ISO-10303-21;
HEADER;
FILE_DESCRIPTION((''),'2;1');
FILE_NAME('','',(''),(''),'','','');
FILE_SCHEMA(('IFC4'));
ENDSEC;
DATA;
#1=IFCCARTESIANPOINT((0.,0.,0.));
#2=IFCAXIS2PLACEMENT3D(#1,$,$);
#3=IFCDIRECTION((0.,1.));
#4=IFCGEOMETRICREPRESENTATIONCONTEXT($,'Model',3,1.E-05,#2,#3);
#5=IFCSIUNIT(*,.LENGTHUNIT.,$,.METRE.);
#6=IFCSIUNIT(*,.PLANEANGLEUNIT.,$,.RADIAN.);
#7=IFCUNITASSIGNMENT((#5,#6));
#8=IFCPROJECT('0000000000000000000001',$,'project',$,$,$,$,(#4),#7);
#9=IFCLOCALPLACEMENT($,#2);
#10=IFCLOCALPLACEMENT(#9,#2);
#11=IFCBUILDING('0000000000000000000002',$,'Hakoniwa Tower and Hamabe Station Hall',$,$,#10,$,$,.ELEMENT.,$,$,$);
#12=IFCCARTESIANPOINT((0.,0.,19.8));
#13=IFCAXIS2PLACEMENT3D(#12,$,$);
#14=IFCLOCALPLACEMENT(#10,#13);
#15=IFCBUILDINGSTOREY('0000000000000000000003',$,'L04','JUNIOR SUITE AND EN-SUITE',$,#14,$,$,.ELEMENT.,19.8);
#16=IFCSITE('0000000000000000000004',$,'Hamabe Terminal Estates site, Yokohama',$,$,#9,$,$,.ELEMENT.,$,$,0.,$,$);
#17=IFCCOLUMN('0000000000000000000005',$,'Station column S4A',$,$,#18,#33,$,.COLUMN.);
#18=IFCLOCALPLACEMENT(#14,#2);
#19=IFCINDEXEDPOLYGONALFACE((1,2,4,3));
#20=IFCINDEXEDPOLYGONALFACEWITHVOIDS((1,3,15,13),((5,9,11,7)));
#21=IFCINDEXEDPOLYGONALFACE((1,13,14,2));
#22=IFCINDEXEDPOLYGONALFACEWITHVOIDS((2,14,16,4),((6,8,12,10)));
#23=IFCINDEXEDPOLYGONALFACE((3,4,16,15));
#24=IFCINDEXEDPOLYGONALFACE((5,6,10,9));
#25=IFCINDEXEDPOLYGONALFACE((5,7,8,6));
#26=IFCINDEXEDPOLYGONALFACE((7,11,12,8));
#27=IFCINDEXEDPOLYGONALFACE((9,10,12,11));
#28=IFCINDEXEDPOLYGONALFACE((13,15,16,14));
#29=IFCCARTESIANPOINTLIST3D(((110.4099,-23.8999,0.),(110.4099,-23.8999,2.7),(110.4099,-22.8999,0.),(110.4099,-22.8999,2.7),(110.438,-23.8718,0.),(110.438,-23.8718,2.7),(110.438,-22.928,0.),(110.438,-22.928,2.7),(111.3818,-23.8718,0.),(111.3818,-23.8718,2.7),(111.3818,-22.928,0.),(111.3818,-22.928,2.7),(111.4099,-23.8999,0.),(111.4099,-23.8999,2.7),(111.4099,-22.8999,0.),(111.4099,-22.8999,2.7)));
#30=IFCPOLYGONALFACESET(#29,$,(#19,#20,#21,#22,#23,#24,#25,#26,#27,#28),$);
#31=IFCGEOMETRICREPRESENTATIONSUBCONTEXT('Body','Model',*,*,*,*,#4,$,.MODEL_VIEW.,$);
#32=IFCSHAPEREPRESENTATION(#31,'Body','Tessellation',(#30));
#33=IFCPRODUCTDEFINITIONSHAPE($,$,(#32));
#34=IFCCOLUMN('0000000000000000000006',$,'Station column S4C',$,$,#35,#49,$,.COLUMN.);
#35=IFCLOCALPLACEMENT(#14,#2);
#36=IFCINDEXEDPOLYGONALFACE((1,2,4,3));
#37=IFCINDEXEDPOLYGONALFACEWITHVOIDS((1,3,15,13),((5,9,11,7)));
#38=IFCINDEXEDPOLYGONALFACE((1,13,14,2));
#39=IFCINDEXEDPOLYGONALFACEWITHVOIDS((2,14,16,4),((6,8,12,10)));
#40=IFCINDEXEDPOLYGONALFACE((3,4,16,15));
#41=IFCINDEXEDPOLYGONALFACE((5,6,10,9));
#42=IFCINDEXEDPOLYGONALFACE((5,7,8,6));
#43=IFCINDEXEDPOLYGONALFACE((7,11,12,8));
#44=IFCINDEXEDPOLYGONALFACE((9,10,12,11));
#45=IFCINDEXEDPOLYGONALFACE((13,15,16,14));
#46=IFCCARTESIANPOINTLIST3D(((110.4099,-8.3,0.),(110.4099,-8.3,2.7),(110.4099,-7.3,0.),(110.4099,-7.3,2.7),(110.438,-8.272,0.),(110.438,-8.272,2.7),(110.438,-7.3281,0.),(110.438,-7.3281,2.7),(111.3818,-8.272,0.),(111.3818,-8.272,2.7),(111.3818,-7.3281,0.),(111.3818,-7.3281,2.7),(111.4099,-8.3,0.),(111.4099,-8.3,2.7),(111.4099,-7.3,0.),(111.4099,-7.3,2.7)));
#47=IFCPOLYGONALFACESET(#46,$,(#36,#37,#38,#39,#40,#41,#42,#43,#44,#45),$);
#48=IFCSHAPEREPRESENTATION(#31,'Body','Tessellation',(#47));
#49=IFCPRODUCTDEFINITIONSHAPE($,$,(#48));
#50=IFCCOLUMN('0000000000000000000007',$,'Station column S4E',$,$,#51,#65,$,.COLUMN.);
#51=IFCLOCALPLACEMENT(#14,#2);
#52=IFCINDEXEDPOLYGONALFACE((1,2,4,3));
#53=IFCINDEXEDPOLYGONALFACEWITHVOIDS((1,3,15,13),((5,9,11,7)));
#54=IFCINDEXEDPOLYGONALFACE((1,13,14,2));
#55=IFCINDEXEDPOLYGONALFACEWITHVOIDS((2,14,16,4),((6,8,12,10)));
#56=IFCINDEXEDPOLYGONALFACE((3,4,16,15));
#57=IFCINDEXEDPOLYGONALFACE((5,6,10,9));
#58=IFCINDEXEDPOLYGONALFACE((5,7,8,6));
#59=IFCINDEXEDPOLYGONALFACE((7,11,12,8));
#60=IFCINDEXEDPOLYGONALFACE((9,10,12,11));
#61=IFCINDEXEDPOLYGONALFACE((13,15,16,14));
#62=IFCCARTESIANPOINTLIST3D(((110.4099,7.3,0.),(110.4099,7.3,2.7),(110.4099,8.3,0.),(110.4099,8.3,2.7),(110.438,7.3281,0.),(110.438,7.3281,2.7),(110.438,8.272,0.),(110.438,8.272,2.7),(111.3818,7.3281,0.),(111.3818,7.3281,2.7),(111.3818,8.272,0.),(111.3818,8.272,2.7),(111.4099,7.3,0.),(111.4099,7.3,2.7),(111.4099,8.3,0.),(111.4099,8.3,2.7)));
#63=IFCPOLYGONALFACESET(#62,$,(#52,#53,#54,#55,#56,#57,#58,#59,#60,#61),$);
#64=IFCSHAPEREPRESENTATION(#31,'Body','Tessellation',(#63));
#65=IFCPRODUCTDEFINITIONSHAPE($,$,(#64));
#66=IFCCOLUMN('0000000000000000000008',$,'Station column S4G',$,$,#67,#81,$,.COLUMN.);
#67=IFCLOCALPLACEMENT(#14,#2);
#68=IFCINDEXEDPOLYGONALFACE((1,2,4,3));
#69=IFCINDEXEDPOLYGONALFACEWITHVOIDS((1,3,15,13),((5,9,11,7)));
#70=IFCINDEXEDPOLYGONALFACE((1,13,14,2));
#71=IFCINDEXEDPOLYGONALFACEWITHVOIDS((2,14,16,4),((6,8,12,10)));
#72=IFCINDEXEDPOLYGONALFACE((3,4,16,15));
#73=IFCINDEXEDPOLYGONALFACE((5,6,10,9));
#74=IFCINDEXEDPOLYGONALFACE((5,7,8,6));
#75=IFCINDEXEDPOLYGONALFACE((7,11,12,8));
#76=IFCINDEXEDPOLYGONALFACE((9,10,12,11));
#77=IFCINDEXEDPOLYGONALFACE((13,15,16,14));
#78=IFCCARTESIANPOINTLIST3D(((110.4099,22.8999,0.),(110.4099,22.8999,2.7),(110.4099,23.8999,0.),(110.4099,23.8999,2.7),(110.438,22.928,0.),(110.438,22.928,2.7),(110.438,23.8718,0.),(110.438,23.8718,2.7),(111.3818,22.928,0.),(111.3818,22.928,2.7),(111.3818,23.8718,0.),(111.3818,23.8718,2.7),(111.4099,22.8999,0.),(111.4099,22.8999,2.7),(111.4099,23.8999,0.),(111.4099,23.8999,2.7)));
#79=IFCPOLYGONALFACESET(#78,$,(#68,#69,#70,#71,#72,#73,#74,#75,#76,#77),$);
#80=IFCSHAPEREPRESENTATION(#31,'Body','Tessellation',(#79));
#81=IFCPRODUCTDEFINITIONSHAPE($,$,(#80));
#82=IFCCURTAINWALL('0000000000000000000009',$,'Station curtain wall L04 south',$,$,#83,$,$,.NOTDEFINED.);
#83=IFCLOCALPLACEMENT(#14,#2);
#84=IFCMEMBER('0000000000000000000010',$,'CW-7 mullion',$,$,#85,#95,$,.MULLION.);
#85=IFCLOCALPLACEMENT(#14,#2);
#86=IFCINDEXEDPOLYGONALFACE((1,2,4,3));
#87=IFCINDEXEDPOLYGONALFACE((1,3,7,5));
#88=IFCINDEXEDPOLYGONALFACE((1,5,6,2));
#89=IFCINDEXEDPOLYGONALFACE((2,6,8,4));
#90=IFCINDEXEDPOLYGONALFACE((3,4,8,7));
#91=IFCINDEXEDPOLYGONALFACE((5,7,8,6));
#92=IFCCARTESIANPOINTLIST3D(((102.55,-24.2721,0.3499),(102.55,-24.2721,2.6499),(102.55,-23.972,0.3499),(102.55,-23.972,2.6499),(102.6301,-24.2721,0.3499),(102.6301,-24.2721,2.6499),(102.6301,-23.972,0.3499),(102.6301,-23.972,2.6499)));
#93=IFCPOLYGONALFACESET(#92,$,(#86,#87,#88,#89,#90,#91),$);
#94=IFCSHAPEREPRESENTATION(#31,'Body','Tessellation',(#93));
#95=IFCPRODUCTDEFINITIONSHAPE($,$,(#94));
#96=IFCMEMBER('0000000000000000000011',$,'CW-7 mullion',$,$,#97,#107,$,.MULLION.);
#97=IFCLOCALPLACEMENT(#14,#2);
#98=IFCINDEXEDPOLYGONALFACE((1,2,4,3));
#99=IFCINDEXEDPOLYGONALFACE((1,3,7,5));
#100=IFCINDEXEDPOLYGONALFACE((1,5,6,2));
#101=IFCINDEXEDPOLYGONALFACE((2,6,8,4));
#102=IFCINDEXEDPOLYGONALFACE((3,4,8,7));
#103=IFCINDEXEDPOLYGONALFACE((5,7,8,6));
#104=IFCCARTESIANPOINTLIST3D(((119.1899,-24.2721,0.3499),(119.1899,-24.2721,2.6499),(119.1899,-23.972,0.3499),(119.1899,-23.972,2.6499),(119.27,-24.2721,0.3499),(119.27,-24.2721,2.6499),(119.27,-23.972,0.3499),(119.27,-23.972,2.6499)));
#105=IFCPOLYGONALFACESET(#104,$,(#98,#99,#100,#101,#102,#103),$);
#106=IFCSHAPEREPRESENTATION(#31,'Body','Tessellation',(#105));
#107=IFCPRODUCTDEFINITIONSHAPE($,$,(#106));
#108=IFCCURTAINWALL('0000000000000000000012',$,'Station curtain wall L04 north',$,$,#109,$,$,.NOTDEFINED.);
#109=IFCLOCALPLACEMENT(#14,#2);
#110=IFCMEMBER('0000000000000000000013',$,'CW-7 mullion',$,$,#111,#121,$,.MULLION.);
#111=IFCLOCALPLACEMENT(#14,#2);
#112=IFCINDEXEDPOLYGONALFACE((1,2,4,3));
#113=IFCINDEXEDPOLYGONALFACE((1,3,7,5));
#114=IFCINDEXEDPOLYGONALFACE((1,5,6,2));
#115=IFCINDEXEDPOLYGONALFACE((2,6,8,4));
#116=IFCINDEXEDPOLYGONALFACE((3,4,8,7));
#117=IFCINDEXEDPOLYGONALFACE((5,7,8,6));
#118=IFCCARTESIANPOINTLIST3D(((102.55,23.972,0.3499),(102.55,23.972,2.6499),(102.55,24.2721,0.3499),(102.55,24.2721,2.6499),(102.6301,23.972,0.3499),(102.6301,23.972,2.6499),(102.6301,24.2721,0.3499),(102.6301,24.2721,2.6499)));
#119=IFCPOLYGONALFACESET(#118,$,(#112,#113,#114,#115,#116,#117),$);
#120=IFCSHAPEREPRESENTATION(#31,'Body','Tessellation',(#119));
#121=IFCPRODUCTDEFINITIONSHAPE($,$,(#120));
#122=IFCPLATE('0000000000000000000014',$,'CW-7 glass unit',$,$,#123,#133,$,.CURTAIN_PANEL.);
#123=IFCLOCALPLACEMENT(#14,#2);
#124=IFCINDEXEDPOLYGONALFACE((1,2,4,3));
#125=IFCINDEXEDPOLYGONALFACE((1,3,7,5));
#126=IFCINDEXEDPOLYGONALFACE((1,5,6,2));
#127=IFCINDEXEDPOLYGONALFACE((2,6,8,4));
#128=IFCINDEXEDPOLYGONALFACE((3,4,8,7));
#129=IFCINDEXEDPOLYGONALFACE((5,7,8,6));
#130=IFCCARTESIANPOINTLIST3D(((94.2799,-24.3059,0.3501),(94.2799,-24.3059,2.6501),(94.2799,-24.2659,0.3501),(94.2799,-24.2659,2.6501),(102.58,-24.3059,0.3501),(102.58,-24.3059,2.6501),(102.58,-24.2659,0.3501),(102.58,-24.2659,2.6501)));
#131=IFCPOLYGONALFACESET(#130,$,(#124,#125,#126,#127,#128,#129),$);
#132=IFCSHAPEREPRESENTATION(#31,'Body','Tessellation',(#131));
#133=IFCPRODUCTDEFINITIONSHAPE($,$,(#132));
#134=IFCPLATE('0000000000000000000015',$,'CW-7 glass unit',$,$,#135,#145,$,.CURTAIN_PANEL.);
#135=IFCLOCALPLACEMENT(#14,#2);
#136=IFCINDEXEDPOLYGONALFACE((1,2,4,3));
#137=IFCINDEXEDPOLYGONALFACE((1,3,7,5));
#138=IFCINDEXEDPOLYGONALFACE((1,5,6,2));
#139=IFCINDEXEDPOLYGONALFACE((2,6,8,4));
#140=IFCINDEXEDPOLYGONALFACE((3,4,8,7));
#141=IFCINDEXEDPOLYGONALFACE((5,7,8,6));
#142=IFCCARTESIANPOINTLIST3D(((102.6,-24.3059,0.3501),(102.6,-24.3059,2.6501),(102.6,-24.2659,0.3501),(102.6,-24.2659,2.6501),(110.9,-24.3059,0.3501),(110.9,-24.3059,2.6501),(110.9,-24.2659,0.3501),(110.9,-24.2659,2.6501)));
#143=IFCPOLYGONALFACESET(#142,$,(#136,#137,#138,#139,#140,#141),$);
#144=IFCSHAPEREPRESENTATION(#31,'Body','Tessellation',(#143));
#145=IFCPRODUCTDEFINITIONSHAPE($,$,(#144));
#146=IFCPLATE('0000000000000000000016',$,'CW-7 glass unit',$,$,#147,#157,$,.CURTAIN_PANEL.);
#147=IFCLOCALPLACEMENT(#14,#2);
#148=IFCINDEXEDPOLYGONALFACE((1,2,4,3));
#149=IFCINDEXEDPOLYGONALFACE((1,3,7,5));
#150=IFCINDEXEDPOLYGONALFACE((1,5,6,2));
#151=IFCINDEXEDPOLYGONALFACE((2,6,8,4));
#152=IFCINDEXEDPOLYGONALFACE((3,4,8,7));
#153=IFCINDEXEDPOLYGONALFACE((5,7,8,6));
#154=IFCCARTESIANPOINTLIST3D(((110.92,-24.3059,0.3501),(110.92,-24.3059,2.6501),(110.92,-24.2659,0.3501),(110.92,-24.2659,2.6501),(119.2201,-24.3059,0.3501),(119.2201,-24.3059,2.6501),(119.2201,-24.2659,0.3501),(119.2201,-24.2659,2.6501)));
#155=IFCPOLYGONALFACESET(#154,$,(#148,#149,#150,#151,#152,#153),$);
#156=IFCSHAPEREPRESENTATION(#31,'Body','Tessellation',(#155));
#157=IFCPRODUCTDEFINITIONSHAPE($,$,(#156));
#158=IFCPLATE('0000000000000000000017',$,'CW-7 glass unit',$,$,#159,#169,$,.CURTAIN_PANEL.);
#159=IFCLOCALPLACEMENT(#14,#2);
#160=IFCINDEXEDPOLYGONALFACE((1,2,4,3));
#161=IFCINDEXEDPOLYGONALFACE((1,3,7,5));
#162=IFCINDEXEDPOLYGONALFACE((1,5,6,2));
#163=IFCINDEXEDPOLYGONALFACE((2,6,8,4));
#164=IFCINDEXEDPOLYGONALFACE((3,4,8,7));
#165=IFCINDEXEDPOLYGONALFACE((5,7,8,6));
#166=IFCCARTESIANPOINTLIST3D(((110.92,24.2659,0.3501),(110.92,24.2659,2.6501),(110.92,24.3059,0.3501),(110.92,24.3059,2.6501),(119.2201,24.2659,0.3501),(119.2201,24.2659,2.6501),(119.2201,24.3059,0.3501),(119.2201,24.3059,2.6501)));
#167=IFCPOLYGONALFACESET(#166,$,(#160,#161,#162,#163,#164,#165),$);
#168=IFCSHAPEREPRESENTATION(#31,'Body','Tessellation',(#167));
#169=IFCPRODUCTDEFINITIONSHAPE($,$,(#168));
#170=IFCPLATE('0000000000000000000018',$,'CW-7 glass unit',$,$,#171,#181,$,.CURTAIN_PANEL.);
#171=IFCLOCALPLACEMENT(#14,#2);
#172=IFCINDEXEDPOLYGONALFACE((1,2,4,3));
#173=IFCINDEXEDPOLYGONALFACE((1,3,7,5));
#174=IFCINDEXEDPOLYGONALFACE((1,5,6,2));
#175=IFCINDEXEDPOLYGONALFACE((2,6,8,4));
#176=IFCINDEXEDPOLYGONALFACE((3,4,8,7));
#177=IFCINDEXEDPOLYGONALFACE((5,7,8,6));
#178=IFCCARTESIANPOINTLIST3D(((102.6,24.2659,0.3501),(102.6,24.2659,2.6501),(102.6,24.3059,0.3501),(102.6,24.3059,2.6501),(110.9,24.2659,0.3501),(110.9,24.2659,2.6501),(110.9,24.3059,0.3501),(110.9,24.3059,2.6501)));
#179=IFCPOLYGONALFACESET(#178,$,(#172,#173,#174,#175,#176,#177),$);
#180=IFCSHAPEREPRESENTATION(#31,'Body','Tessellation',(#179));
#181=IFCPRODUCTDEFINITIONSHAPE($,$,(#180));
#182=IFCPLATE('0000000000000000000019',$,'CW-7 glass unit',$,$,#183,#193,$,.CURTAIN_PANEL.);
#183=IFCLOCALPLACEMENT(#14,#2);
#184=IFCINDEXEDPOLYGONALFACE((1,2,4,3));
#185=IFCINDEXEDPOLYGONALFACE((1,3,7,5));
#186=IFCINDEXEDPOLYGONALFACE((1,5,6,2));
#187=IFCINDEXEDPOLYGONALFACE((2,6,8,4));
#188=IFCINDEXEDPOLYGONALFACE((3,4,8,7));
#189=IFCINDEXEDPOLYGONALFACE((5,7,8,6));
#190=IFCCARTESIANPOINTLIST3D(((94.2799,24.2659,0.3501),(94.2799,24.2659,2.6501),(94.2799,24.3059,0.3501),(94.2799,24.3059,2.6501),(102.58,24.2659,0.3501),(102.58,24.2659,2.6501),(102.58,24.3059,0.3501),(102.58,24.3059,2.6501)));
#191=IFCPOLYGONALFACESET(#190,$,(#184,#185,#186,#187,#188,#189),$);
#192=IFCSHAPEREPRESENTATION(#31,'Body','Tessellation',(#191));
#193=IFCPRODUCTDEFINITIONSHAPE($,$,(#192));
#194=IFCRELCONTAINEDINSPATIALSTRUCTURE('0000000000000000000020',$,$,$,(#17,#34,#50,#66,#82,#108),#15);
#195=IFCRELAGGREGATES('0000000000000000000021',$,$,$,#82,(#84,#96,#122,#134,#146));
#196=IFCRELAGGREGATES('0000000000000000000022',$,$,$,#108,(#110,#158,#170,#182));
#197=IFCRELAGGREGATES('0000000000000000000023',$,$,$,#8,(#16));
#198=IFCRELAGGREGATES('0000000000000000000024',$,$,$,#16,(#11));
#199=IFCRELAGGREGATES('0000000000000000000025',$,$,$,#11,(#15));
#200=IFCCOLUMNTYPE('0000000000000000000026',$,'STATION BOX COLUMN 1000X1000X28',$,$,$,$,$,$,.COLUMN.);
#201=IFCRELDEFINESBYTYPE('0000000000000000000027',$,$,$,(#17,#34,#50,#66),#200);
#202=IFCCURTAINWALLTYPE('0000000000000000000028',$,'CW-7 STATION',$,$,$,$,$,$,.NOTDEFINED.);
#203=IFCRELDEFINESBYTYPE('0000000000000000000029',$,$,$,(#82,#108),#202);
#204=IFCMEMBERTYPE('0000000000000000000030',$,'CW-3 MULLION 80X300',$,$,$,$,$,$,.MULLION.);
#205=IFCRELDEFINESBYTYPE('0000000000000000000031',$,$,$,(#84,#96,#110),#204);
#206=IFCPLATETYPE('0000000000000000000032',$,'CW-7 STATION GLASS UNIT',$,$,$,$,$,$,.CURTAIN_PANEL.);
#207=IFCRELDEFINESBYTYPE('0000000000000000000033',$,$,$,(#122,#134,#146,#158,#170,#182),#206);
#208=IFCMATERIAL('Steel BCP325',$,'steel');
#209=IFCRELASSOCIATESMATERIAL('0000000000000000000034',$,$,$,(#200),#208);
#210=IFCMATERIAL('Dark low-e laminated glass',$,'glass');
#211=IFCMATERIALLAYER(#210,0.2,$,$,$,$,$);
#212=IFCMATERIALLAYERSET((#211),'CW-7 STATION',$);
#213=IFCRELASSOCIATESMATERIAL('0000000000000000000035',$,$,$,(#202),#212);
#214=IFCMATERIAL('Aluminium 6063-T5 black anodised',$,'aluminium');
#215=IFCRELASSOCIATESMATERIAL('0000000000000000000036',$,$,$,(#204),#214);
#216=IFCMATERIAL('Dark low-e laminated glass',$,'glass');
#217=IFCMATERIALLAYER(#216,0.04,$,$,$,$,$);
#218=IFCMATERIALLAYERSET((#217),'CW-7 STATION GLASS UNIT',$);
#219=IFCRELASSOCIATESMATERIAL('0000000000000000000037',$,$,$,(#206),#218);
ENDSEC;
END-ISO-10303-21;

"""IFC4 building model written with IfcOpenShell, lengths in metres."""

from ifc_helpers import new_model, si_unit, direction, frame, origin, origin_2d, place, context, subcontext, project, spatial, rectangle, hollow_rectangle, extrude, material, layer, layer_set, material_profile, profile_set, type_object, element, aggregate, save


model = new_model("IFC4")

# Units and contexts
model_context = context("Model", 3, precision=1e-05, world=origin(), true_north=direction((0.0, 1.0)))
body_context = subcontext(model_context, "Body", "Model", "MODEL_VIEW")
ifc_project = project(units=[si_unit("LENGTHUNIT", "METRE"), si_unit("PLANEANGLEUNIT", "RADIAN")], contexts=[model_context])

# Site, building, storey
site_placement = place(None, origin())
site = spatial("IfcSite", under=ifc_project, at=site_placement, Name="Hamabe Terminal Estates site, Yokohama", CompositionType="ELEMENT", RefElevation=0.0)
building_placement = place(site_placement, origin())
building = spatial("IfcBuilding", under=site, at=building_placement, Name="Hakoniwa Tower and Hamabe Station Hall", CompositionType="ELEMENT")
storey_placement = place(building_placement, frame((0.0, 0.0, 19.8)))
storey = spatial("IfcBuildingStorey", under=building, at=storey_placement, Name="L04", Description="JUNIOR SUITE AND EN-SUITE", CompositionType="ELEMENT", Elevation=19.8)

# Columns
ifc_material_1 = material(Name="Steel BCP325", Category="steel")
ifc_material_profile_1 = material_profile(ifc_material_1, hollow_rectangle(XDim=1.0, YDim=1.0, WallThickness=0.0281, at=origin_2d()), Name="STATION BOX COLUMN 1000X1000X28")
ifc_profile_set_1 = profile_set([ifc_material_profile_1], Name="Steel BCP325")
column_type = type_object("IfcColumnType", Name="STATION BOX COLUMN 1000X1000X28", PredefinedType="COLUMN", material=ifc_profile_set_1)
for number, where, z_axis, x_axis, name in (
    (1, (110.9099, -23.3999, 0.0), (0.0, 0.0, 1.0), (1.0, 0.0, 0.0), "Station column S4A"),
    (2, (110.9099, -7.8, 0.0), (0.0, 0.0, 1.0), (1.0, 0.0, 0.0), "Station column S4C"),
    (3, (110.9099, 7.8, 0.0), (0.0, 0.0, 1.0), (1.0, 0.0, 0.0), "Station column S4E"),
    (4, (110.9099, 23.3999, 0.0), (0.0, 0.0, 1.0), (1.0, 0.0, 0.0), "Station column S4G"),
):
    element("IfcColumn", number, at=place(storey_placement, frame(where, z_axis=z_axis, x_axis=x_axis)), inside=storey, type_object=column_type, Name=name, PredefinedType="COLUMN", context=body_context, shape_type="SweptSolid", body=[
        extrude(hollow_rectangle(XDim=1.0, YDim=1.0, WallThickness=0.0281, at=origin_2d()), origin(), (0.0, 0.0, 1.0), 2.7),
    ])

# Curtain wall, members
ifc_material_2 = material(Name="Dark low-e laminated glass", Category="glass")
ifc_layer_1 = layer(ifc_material_2, 0.2)
ifc_layer_set_1 = layer_set([ifc_layer_1], Name="CW-7 STATION")
curtain_wall_type = type_object("IfcCurtainWallType", Name="CW-7 STATION", PredefinedType="NOTDEFINED", material=ifc_layer_set_1)
curtain_wall_1_placement = place(storey_placement, origin())
curtain_wall_1 = element("IfcCurtainWall", 5, at=curtain_wall_1_placement, inside=storey, type_object=curtain_wall_type, Name="Station curtain wall L04 south", PredefinedType="NOTDEFINED")
ifc_material_3 = material(Name="Aluminium 6063-T5 black anodised", Category="aluminium")
ifc_material_profile_2 = material_profile(ifc_material_3, rectangle(XDim=0.0801, YDim=0.3, at=origin_2d()), Name="CW-3 MULLION 80X300")
ifc_profile_set_2 = profile_set([ifc_material_profile_2], Name="Aluminium 6063-T5 black anodised")
member_type = type_object("IfcMemberType", Name="CW-3 MULLION 80X300", PredefinedType="MULLION", material=ifc_profile_set_2)
member_1_placement = place(storey_placement, frame((102.5901, -24.1221, 0.3499), z_axis=(0.0, 0.0, 1.0), x_axis=(1.0, 0.0, 0.0)))
member_1 = element("IfcMember", 6, at=member_1_placement, type_object=member_type, Name="CW-7 mullion", PredefinedType="MULLION", context=body_context, shape_type="SweptSolid", body=[
    extrude(rectangle(XDim=0.0801, YDim=0.3, at=origin_2d()), origin(), (0.0, 0.0, 1.0), 2.3),
])
member_2_placement = place(storey_placement, frame((119.23, -24.1221, 0.3499), z_axis=(0.0, 0.0, 1.0), x_axis=(1.0, 0.0, 0.0)))
member_2 = element("IfcMember", 7, at=member_2_placement, type_object=member_type, Name="CW-7 mullion", PredefinedType="MULLION", context=body_context, shape_type="SweptSolid", body=[
    extrude(rectangle(XDim=0.0801, YDim=0.3, at=origin_2d()), origin(), (0.0, 0.0, 1.0), 2.3),
])

# Curtain wall, member
curtain_wall_2_placement = place(storey_placement, origin())
curtain_wall_2 = element("IfcCurtainWall", 8, at=curtain_wall_2_placement, inside=storey, type_object=curtain_wall_type, Name="Station curtain wall L04 north", PredefinedType="NOTDEFINED")
member_3_placement = place(storey_placement, frame((102.5901, 24.1221, 0.3499), z_axis=(0.0, 0.0, 1.0), x_axis=(-1.0, 0.0, 0.0)))
member_3 = element("IfcMember", 9, at=member_3_placement, type_object=member_type, Name="CW-7 mullion", PredefinedType="MULLION", context=body_context, shape_type="SweptSolid", body=[
    extrude(rectangle(XDim=0.0801, YDim=0.3, at=origin_2d()), origin(), (0.0, 0.0, 1.0), 2.3),
])

# Plates
ifc_material_4 = material(Name="Dark low-e laminated glass", Category="glass")
ifc_layer_2 = layer(ifc_material_4, 0.04)
ifc_layer_set_2 = layer_set([ifc_layer_2], Name="CW-7 STATION GLASS UNIT")
plate_type = type_object("IfcPlateType", Name="CW-7 STATION GLASS UNIT", PredefinedType="CURTAIN_PANEL", material=ifc_layer_set_2)
plate_1_placement = place(storey_placement, frame((98.4299, -24.2859, 0.3501), z_axis=(0.0, 0.0, 1.0), x_axis=(1.0, 0.0, 0.0)))
plate_1 = element("IfcPlate", 10, at=plate_1_placement, type_object=plate_type, Name="CW-7 glass unit", PredefinedType="CURTAIN_PANEL", context=body_context, shape_type="SweptSolid", body=[
    extrude(rectangle(XDim=8.3, YDim=0.04, at=origin_2d()), origin(), (0.0, 0.0, 1.0), 2.3),
])
plate_2_placement = place(storey_placement, frame((106.75, -24.2859, 0.3501), z_axis=(0.0, 0.0, 1.0), x_axis=(1.0, 0.0, 0.0)))
plate_2 = element("IfcPlate", 11, at=plate_2_placement, type_object=plate_type, Name="CW-7 glass unit", PredefinedType="CURTAIN_PANEL", context=body_context, shape_type="SweptSolid", body=[
    extrude(rectangle(XDim=8.3, YDim=0.04, at=origin_2d()), origin(), (0.0, 0.0, 1.0), 2.3),
])
plate_3_placement = place(storey_placement, frame((115.0701, -24.2859, 0.3501), z_axis=(0.0, 0.0, 1.0), x_axis=(1.0, 0.0, 0.0)))
plate_3 = element("IfcPlate", 12, at=plate_3_placement, type_object=plate_type, Name="CW-7 glass unit", PredefinedType="CURTAIN_PANEL", context=body_context, shape_type="SweptSolid", body=[
    extrude(rectangle(XDim=8.3, YDim=0.04, at=origin_2d()), origin(), (0.0, 0.0, 1.0), 2.3),
])
aggregate(curtain_wall_1, [member_1, member_2, plate_1, plate_2, plate_3])
plate_4_placement = place(storey_placement, frame((115.0701, 24.2859, 0.3501), z_axis=(0.0, 0.0, 1.0), x_axis=(-1.0, 0.0, 0.0)))
plate_4 = element("IfcPlate", 13, at=plate_4_placement, type_object=plate_type, Name="CW-7 glass unit", PredefinedType="CURTAIN_PANEL", context=body_context, shape_type="SweptSolid", body=[
    extrude(rectangle(XDim=8.3, YDim=0.04, at=origin_2d()), origin(), (0.0, 0.0, 1.0), 2.3),
])
plate_5_placement = place(storey_placement, frame((106.75, 24.2859, 0.3501), z_axis=(0.0, 0.0, 1.0), x_axis=(-1.0, 0.0, 0.0)))
plate_5 = element("IfcPlate", 14, at=plate_5_placement, type_object=plate_type, Name="CW-7 glass unit", PredefinedType="CURTAIN_PANEL", context=body_context, shape_type="SweptSolid", body=[
    extrude(rectangle(XDim=8.3, YDim=0.04, at=origin_2d()), origin(), (0.0, 0.0, 1.0), 2.3),
])
plate_6_placement = place(storey_placement, frame((98.4299, 24.2859, 0.3501), z_axis=(0.0, 0.0, 1.0), x_axis=(-1.0, 0.0, 0.0)))
plate_6 = element("IfcPlate", 15, at=plate_6_placement, type_object=plate_type, Name="CW-7 glass unit", PredefinedType="CURTAIN_PANEL", context=body_context, shape_type="SweptSolid", body=[
    extrude(rectangle(XDim=8.3, YDim=0.04, at=origin_2d()), origin(), (0.0, 0.0, 1.0), 2.3),
])
aggregate(curtain_wall_2, [member_3, plate_4, plate_5, plate_6])

save(model, "model.ifc")
